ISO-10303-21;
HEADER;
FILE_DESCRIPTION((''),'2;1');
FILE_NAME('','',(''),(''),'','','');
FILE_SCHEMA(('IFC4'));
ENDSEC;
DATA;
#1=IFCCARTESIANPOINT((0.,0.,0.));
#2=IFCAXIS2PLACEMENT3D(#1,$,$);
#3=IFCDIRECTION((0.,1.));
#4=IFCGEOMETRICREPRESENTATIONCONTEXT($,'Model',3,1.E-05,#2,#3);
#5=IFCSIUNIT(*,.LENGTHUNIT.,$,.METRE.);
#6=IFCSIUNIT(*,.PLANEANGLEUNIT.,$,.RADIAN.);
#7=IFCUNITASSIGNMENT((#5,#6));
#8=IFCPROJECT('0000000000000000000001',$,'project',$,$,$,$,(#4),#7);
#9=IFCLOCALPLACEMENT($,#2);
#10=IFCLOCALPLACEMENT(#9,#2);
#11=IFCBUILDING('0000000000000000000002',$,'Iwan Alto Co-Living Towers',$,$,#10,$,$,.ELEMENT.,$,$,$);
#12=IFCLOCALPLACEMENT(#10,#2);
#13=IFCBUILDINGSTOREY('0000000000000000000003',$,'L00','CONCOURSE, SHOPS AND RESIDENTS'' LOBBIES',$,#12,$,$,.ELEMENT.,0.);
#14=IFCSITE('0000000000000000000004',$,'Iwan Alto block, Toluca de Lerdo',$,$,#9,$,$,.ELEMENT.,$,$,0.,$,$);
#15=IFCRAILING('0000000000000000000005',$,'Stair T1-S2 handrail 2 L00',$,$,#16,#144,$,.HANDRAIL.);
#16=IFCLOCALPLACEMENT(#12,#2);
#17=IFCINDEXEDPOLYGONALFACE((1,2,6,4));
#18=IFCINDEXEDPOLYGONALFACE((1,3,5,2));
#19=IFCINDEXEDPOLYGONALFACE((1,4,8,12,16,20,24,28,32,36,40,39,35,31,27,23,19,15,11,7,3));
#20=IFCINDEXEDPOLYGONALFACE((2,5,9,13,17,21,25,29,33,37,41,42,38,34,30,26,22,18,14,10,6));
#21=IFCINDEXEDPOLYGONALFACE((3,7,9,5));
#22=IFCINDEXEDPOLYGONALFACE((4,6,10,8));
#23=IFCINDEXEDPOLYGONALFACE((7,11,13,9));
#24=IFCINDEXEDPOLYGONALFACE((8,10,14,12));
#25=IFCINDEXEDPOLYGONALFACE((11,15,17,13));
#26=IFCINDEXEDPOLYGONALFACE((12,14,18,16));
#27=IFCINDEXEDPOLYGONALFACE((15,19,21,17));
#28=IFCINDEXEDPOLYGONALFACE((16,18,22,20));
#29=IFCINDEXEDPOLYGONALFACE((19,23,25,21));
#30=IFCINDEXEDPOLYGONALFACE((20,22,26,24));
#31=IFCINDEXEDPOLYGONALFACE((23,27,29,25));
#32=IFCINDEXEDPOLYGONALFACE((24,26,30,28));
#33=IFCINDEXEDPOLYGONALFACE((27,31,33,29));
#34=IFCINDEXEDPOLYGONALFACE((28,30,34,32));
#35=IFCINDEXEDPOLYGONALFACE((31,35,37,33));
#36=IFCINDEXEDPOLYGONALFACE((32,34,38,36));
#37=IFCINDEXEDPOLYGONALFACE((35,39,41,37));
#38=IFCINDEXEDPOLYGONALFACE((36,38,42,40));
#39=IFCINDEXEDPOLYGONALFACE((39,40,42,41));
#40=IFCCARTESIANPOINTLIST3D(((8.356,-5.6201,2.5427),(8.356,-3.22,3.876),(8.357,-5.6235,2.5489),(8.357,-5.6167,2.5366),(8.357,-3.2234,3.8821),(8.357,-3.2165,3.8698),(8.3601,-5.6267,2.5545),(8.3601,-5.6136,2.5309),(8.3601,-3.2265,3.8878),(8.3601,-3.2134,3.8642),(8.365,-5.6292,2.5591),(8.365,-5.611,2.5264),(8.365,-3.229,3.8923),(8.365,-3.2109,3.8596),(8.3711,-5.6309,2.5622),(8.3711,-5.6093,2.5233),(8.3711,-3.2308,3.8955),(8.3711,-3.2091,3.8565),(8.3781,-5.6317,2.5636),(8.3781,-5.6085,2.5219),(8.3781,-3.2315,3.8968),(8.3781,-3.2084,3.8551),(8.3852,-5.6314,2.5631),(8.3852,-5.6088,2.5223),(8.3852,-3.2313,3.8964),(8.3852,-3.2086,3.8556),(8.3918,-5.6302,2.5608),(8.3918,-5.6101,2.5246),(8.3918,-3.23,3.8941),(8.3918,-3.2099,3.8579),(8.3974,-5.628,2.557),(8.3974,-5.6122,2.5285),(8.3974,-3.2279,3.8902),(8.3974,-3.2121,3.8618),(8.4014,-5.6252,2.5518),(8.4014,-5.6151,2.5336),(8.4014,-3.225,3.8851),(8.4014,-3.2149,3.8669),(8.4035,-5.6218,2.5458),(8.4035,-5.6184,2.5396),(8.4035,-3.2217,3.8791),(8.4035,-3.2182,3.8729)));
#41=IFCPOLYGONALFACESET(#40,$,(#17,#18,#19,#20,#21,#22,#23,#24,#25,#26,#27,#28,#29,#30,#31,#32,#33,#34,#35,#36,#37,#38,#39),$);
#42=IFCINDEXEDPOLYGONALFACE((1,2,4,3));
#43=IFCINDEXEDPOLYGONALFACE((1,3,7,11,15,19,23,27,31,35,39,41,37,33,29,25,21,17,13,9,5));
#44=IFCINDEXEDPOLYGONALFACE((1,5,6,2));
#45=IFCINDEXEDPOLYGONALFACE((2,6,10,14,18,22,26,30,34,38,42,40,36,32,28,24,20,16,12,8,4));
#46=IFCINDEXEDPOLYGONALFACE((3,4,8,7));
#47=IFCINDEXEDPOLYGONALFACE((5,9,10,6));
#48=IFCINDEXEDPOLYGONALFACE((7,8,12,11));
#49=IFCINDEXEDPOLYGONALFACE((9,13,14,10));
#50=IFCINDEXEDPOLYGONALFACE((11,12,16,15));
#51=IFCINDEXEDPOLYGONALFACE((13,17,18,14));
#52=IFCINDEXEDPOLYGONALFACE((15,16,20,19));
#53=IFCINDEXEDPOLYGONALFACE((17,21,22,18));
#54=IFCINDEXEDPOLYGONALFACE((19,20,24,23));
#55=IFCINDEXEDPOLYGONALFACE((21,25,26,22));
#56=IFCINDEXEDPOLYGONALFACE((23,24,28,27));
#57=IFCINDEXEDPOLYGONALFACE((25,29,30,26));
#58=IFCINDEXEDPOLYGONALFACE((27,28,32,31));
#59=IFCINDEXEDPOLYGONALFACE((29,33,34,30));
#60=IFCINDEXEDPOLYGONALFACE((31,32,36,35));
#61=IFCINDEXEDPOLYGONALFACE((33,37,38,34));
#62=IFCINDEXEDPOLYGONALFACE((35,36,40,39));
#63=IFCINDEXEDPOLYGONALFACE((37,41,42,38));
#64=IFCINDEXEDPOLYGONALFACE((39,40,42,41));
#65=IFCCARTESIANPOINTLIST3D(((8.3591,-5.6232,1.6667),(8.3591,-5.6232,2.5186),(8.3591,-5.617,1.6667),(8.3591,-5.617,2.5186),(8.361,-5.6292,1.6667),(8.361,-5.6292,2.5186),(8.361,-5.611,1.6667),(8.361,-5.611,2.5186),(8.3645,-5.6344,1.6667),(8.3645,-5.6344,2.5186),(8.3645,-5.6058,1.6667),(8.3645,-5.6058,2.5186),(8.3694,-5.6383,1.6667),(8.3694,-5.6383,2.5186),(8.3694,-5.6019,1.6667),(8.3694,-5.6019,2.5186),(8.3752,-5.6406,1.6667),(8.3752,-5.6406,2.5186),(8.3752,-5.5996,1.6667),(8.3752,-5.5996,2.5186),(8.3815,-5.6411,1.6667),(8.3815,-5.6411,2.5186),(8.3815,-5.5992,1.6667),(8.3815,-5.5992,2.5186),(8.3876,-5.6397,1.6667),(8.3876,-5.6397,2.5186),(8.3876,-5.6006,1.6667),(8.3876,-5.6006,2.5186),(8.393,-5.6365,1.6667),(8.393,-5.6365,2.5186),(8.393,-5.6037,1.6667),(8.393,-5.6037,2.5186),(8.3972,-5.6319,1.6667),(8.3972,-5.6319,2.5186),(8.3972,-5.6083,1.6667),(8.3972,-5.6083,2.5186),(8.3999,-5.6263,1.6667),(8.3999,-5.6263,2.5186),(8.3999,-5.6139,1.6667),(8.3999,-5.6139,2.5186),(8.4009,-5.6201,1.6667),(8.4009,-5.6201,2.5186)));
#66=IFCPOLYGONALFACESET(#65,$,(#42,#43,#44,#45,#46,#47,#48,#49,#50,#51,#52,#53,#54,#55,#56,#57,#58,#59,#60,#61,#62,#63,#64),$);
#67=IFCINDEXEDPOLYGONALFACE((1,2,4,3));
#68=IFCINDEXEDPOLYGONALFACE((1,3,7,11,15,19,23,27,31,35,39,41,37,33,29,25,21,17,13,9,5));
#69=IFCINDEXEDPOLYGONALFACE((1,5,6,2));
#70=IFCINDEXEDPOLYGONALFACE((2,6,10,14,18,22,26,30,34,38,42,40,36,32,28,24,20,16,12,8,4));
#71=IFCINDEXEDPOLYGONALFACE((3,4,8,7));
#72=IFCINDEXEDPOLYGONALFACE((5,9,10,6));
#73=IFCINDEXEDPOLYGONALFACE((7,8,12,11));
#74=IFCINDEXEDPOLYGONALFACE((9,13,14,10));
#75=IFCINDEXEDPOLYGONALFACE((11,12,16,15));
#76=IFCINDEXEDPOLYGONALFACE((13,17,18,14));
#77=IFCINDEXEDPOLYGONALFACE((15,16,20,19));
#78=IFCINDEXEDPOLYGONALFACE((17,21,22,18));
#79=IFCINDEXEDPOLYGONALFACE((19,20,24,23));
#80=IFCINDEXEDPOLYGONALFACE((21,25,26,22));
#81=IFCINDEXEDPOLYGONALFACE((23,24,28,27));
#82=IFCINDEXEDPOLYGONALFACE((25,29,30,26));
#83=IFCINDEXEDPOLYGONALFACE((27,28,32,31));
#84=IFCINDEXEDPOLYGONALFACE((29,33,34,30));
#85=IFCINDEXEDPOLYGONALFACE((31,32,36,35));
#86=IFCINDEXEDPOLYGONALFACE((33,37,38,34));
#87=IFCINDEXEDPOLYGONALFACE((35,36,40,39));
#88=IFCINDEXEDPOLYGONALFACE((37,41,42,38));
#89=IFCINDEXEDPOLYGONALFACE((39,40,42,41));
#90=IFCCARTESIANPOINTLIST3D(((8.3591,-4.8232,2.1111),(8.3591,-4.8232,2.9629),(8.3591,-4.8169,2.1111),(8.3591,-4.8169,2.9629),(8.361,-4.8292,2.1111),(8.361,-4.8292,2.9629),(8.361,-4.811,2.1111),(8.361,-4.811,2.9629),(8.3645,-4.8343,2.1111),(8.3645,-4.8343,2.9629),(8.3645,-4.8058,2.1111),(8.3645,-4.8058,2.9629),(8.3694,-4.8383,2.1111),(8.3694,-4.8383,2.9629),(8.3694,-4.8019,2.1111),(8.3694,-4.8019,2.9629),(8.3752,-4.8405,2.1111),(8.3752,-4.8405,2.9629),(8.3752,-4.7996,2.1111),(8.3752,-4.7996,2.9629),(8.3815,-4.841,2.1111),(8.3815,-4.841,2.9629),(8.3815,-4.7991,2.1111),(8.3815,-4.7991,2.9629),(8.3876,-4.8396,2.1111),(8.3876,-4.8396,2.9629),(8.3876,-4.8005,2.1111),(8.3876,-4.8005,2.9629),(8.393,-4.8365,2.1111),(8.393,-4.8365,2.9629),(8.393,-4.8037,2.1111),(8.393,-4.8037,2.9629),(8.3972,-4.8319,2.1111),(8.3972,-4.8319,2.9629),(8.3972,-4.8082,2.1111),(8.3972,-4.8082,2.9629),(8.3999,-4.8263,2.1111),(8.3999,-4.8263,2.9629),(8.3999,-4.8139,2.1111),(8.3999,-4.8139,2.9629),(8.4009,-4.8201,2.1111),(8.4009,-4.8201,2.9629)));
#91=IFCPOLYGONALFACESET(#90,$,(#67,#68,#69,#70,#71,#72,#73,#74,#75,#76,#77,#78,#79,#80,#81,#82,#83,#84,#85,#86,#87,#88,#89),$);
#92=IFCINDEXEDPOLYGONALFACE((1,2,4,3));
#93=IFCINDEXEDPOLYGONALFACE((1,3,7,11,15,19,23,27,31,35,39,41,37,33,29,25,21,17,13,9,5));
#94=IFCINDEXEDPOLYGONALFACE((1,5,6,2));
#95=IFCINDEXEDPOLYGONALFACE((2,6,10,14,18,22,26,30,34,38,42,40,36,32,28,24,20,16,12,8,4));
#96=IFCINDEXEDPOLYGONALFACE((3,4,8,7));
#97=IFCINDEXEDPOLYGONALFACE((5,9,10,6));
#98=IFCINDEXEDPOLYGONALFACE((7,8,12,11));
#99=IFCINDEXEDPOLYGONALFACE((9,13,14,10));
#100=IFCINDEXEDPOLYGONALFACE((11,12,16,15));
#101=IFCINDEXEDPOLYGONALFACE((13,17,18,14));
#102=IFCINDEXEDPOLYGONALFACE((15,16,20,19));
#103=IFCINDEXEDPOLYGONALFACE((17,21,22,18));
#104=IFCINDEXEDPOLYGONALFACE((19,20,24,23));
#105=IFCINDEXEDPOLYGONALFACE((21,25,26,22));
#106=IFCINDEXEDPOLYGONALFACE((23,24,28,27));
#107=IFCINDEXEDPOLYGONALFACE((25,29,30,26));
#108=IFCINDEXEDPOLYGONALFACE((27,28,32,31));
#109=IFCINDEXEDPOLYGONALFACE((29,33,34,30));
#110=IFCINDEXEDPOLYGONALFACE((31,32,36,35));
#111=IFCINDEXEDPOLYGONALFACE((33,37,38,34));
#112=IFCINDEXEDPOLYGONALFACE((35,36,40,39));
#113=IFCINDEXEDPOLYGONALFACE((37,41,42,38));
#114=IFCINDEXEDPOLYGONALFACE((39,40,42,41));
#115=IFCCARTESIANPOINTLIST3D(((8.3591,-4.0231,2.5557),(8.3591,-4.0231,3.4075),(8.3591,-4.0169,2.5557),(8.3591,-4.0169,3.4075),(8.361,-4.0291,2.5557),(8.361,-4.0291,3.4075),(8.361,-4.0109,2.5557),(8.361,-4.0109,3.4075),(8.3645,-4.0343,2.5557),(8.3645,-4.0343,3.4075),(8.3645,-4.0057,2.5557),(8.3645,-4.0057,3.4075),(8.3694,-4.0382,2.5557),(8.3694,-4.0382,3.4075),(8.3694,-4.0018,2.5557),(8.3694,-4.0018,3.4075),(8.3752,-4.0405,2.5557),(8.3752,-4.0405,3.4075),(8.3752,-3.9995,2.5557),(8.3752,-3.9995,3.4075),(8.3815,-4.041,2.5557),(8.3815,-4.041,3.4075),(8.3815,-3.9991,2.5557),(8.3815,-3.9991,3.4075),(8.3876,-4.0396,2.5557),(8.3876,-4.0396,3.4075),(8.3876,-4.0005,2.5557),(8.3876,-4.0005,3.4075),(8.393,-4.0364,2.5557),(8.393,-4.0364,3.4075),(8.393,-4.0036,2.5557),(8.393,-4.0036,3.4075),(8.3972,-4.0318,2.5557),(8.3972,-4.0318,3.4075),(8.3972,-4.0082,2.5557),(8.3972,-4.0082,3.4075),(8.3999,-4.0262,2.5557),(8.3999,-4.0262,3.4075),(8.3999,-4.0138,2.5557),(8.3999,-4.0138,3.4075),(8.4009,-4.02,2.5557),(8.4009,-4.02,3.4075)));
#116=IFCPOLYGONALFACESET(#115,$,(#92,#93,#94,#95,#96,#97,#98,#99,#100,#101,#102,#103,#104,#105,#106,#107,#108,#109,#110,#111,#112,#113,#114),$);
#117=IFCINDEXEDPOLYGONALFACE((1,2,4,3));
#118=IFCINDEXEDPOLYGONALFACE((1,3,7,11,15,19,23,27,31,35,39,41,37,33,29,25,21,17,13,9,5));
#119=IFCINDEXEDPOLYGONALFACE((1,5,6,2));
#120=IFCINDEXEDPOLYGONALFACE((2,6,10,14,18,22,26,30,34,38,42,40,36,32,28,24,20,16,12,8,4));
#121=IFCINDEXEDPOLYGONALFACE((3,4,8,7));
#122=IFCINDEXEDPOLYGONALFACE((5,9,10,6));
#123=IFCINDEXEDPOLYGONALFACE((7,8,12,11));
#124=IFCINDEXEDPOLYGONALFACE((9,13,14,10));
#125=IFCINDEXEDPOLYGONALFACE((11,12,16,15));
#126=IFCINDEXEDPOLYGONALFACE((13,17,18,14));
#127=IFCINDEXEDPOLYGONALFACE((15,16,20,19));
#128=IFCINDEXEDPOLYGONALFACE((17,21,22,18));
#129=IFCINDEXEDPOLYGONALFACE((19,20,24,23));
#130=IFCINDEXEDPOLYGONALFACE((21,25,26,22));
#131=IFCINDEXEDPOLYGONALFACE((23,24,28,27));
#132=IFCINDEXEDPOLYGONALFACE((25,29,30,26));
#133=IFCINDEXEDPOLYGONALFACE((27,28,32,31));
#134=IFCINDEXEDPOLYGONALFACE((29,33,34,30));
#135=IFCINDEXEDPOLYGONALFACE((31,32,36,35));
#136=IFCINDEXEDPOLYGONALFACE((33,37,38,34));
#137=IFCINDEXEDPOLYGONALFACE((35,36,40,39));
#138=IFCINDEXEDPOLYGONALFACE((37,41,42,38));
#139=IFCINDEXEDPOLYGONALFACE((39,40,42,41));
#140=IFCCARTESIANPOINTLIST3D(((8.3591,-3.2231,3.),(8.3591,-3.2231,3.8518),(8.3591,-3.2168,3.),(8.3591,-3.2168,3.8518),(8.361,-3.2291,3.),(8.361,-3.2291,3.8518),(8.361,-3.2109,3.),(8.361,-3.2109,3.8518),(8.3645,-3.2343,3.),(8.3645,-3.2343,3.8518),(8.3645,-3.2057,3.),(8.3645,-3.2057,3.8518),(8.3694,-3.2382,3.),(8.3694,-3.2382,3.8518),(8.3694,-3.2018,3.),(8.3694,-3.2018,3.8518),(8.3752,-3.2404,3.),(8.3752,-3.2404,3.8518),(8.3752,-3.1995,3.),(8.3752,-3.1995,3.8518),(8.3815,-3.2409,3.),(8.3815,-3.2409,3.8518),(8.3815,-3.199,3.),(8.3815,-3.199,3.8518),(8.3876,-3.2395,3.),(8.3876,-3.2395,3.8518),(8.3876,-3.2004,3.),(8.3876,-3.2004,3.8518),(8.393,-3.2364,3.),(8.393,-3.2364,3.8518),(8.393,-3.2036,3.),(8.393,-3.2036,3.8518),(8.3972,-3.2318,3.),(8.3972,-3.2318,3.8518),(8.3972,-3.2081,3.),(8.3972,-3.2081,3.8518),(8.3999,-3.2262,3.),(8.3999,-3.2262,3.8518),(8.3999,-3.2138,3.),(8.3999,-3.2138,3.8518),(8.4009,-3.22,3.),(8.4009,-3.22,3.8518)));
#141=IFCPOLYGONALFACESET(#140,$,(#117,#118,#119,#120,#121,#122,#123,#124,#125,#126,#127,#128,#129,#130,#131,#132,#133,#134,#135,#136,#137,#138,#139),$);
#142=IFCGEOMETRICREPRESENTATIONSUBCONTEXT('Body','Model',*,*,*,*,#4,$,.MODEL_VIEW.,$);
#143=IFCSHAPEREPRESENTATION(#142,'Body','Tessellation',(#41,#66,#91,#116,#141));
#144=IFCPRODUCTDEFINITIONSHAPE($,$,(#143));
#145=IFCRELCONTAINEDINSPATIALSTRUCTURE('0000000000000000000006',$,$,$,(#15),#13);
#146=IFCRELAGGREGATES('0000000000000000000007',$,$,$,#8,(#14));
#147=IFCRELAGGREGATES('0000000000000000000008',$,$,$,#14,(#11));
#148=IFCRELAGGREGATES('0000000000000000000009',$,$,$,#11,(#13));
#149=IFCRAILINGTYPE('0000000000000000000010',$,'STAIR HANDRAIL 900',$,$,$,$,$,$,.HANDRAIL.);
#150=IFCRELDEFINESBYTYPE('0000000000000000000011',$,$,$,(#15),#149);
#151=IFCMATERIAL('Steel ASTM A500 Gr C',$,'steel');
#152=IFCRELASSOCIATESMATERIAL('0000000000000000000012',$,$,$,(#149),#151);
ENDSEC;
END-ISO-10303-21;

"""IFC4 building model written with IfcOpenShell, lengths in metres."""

from ifc_helpers import new_model, si_unit, direction, frame, origin, origin_2d, place, context, subcontext, project, spatial, circle, extrude, material, type_object, element, save


model = new_model("IFC4")

# Units and contexts
model_context = context("Model", 3, precision=1e-05, world=origin(), true_north=direction((0.0, 1.0)))
body_context = subcontext(model_context, "Body", "Model", "MODEL_VIEW")
ifc_project = project(units=[si_unit("LENGTHUNIT", "METRE"), si_unit("PLANEANGLEUNIT", "RADIAN")], contexts=[model_context])

# Site, building, storey
site_placement = place(None, origin())
site = spatial("IfcSite", under=ifc_project, at=site_placement, Name="Iwan Alto block, Toluca de Lerdo", CompositionType="ELEMENT", RefElevation=0.0)
building_placement = place(site_placement, origin())
building = spatial("IfcBuilding", under=site, at=building_placement, Name="Iwan Alto Co-Living Towers", CompositionType="ELEMENT")
storey_placement = place(building_placement, origin())
storey = spatial("IfcBuildingStorey", under=building, at=storey_placement, Name="L00", Description="CONCOURSE, SHOPS AND RESIDENTS' LOBBIES", CompositionType="ELEMENT", Elevation=0.0)

# Railing
ifc_material_1 = material(Name="Steel ASTM A500 Gr C", Category="steel")
railing_type_1 = type_object("IfcRailingType", Name="STAIR HANDRAIL 900", PredefinedType="HANDRAIL", material=ifc_material_1)
railing_1_placement = place(storey_placement, frame((8.3799, -5.6201, 1.6667)))
element("IfcRailing", 1, at=railing_1_placement, inside=storey, type_object=railing_type_1, Name="Stair T1-S2 handrail 2 L00", PredefinedType="HANDRAIL", context=body_context, shape_type="SweptSolid", body=[
    extrude(circle(Radius=0.0239, at=origin_2d()), frame((0.0, 0.0, 0.876), z_axis=(0.0, 0.874182, 0.485598), x_axis=(-1.0, 0.0, 0.0)), (0.0, 0.0, 1.0), 2.7456),
    extrude(circle(Radius=0.021, at=origin_2d()), origin(), (0.0, 0.0, 1.0), 0.8518),
    extrude(circle(Radius=0.021, at=origin_2d()), frame((0.0, 0.8, 0.4443)), (0.0, 0.0, 1.0), 0.8518),
    extrude(circle(Radius=0.021, at=origin_2d()), frame((0.0, 1.6001, 0.8889)), (0.0, 0.0, 1.0), 0.8518),
    extrude(circle(Radius=0.021, at=origin_2d()), frame((0.0, 2.4001, 1.3333)), (0.0, 0.0, 1.0), 0.8518),
])

save(model, "model.ifc")
